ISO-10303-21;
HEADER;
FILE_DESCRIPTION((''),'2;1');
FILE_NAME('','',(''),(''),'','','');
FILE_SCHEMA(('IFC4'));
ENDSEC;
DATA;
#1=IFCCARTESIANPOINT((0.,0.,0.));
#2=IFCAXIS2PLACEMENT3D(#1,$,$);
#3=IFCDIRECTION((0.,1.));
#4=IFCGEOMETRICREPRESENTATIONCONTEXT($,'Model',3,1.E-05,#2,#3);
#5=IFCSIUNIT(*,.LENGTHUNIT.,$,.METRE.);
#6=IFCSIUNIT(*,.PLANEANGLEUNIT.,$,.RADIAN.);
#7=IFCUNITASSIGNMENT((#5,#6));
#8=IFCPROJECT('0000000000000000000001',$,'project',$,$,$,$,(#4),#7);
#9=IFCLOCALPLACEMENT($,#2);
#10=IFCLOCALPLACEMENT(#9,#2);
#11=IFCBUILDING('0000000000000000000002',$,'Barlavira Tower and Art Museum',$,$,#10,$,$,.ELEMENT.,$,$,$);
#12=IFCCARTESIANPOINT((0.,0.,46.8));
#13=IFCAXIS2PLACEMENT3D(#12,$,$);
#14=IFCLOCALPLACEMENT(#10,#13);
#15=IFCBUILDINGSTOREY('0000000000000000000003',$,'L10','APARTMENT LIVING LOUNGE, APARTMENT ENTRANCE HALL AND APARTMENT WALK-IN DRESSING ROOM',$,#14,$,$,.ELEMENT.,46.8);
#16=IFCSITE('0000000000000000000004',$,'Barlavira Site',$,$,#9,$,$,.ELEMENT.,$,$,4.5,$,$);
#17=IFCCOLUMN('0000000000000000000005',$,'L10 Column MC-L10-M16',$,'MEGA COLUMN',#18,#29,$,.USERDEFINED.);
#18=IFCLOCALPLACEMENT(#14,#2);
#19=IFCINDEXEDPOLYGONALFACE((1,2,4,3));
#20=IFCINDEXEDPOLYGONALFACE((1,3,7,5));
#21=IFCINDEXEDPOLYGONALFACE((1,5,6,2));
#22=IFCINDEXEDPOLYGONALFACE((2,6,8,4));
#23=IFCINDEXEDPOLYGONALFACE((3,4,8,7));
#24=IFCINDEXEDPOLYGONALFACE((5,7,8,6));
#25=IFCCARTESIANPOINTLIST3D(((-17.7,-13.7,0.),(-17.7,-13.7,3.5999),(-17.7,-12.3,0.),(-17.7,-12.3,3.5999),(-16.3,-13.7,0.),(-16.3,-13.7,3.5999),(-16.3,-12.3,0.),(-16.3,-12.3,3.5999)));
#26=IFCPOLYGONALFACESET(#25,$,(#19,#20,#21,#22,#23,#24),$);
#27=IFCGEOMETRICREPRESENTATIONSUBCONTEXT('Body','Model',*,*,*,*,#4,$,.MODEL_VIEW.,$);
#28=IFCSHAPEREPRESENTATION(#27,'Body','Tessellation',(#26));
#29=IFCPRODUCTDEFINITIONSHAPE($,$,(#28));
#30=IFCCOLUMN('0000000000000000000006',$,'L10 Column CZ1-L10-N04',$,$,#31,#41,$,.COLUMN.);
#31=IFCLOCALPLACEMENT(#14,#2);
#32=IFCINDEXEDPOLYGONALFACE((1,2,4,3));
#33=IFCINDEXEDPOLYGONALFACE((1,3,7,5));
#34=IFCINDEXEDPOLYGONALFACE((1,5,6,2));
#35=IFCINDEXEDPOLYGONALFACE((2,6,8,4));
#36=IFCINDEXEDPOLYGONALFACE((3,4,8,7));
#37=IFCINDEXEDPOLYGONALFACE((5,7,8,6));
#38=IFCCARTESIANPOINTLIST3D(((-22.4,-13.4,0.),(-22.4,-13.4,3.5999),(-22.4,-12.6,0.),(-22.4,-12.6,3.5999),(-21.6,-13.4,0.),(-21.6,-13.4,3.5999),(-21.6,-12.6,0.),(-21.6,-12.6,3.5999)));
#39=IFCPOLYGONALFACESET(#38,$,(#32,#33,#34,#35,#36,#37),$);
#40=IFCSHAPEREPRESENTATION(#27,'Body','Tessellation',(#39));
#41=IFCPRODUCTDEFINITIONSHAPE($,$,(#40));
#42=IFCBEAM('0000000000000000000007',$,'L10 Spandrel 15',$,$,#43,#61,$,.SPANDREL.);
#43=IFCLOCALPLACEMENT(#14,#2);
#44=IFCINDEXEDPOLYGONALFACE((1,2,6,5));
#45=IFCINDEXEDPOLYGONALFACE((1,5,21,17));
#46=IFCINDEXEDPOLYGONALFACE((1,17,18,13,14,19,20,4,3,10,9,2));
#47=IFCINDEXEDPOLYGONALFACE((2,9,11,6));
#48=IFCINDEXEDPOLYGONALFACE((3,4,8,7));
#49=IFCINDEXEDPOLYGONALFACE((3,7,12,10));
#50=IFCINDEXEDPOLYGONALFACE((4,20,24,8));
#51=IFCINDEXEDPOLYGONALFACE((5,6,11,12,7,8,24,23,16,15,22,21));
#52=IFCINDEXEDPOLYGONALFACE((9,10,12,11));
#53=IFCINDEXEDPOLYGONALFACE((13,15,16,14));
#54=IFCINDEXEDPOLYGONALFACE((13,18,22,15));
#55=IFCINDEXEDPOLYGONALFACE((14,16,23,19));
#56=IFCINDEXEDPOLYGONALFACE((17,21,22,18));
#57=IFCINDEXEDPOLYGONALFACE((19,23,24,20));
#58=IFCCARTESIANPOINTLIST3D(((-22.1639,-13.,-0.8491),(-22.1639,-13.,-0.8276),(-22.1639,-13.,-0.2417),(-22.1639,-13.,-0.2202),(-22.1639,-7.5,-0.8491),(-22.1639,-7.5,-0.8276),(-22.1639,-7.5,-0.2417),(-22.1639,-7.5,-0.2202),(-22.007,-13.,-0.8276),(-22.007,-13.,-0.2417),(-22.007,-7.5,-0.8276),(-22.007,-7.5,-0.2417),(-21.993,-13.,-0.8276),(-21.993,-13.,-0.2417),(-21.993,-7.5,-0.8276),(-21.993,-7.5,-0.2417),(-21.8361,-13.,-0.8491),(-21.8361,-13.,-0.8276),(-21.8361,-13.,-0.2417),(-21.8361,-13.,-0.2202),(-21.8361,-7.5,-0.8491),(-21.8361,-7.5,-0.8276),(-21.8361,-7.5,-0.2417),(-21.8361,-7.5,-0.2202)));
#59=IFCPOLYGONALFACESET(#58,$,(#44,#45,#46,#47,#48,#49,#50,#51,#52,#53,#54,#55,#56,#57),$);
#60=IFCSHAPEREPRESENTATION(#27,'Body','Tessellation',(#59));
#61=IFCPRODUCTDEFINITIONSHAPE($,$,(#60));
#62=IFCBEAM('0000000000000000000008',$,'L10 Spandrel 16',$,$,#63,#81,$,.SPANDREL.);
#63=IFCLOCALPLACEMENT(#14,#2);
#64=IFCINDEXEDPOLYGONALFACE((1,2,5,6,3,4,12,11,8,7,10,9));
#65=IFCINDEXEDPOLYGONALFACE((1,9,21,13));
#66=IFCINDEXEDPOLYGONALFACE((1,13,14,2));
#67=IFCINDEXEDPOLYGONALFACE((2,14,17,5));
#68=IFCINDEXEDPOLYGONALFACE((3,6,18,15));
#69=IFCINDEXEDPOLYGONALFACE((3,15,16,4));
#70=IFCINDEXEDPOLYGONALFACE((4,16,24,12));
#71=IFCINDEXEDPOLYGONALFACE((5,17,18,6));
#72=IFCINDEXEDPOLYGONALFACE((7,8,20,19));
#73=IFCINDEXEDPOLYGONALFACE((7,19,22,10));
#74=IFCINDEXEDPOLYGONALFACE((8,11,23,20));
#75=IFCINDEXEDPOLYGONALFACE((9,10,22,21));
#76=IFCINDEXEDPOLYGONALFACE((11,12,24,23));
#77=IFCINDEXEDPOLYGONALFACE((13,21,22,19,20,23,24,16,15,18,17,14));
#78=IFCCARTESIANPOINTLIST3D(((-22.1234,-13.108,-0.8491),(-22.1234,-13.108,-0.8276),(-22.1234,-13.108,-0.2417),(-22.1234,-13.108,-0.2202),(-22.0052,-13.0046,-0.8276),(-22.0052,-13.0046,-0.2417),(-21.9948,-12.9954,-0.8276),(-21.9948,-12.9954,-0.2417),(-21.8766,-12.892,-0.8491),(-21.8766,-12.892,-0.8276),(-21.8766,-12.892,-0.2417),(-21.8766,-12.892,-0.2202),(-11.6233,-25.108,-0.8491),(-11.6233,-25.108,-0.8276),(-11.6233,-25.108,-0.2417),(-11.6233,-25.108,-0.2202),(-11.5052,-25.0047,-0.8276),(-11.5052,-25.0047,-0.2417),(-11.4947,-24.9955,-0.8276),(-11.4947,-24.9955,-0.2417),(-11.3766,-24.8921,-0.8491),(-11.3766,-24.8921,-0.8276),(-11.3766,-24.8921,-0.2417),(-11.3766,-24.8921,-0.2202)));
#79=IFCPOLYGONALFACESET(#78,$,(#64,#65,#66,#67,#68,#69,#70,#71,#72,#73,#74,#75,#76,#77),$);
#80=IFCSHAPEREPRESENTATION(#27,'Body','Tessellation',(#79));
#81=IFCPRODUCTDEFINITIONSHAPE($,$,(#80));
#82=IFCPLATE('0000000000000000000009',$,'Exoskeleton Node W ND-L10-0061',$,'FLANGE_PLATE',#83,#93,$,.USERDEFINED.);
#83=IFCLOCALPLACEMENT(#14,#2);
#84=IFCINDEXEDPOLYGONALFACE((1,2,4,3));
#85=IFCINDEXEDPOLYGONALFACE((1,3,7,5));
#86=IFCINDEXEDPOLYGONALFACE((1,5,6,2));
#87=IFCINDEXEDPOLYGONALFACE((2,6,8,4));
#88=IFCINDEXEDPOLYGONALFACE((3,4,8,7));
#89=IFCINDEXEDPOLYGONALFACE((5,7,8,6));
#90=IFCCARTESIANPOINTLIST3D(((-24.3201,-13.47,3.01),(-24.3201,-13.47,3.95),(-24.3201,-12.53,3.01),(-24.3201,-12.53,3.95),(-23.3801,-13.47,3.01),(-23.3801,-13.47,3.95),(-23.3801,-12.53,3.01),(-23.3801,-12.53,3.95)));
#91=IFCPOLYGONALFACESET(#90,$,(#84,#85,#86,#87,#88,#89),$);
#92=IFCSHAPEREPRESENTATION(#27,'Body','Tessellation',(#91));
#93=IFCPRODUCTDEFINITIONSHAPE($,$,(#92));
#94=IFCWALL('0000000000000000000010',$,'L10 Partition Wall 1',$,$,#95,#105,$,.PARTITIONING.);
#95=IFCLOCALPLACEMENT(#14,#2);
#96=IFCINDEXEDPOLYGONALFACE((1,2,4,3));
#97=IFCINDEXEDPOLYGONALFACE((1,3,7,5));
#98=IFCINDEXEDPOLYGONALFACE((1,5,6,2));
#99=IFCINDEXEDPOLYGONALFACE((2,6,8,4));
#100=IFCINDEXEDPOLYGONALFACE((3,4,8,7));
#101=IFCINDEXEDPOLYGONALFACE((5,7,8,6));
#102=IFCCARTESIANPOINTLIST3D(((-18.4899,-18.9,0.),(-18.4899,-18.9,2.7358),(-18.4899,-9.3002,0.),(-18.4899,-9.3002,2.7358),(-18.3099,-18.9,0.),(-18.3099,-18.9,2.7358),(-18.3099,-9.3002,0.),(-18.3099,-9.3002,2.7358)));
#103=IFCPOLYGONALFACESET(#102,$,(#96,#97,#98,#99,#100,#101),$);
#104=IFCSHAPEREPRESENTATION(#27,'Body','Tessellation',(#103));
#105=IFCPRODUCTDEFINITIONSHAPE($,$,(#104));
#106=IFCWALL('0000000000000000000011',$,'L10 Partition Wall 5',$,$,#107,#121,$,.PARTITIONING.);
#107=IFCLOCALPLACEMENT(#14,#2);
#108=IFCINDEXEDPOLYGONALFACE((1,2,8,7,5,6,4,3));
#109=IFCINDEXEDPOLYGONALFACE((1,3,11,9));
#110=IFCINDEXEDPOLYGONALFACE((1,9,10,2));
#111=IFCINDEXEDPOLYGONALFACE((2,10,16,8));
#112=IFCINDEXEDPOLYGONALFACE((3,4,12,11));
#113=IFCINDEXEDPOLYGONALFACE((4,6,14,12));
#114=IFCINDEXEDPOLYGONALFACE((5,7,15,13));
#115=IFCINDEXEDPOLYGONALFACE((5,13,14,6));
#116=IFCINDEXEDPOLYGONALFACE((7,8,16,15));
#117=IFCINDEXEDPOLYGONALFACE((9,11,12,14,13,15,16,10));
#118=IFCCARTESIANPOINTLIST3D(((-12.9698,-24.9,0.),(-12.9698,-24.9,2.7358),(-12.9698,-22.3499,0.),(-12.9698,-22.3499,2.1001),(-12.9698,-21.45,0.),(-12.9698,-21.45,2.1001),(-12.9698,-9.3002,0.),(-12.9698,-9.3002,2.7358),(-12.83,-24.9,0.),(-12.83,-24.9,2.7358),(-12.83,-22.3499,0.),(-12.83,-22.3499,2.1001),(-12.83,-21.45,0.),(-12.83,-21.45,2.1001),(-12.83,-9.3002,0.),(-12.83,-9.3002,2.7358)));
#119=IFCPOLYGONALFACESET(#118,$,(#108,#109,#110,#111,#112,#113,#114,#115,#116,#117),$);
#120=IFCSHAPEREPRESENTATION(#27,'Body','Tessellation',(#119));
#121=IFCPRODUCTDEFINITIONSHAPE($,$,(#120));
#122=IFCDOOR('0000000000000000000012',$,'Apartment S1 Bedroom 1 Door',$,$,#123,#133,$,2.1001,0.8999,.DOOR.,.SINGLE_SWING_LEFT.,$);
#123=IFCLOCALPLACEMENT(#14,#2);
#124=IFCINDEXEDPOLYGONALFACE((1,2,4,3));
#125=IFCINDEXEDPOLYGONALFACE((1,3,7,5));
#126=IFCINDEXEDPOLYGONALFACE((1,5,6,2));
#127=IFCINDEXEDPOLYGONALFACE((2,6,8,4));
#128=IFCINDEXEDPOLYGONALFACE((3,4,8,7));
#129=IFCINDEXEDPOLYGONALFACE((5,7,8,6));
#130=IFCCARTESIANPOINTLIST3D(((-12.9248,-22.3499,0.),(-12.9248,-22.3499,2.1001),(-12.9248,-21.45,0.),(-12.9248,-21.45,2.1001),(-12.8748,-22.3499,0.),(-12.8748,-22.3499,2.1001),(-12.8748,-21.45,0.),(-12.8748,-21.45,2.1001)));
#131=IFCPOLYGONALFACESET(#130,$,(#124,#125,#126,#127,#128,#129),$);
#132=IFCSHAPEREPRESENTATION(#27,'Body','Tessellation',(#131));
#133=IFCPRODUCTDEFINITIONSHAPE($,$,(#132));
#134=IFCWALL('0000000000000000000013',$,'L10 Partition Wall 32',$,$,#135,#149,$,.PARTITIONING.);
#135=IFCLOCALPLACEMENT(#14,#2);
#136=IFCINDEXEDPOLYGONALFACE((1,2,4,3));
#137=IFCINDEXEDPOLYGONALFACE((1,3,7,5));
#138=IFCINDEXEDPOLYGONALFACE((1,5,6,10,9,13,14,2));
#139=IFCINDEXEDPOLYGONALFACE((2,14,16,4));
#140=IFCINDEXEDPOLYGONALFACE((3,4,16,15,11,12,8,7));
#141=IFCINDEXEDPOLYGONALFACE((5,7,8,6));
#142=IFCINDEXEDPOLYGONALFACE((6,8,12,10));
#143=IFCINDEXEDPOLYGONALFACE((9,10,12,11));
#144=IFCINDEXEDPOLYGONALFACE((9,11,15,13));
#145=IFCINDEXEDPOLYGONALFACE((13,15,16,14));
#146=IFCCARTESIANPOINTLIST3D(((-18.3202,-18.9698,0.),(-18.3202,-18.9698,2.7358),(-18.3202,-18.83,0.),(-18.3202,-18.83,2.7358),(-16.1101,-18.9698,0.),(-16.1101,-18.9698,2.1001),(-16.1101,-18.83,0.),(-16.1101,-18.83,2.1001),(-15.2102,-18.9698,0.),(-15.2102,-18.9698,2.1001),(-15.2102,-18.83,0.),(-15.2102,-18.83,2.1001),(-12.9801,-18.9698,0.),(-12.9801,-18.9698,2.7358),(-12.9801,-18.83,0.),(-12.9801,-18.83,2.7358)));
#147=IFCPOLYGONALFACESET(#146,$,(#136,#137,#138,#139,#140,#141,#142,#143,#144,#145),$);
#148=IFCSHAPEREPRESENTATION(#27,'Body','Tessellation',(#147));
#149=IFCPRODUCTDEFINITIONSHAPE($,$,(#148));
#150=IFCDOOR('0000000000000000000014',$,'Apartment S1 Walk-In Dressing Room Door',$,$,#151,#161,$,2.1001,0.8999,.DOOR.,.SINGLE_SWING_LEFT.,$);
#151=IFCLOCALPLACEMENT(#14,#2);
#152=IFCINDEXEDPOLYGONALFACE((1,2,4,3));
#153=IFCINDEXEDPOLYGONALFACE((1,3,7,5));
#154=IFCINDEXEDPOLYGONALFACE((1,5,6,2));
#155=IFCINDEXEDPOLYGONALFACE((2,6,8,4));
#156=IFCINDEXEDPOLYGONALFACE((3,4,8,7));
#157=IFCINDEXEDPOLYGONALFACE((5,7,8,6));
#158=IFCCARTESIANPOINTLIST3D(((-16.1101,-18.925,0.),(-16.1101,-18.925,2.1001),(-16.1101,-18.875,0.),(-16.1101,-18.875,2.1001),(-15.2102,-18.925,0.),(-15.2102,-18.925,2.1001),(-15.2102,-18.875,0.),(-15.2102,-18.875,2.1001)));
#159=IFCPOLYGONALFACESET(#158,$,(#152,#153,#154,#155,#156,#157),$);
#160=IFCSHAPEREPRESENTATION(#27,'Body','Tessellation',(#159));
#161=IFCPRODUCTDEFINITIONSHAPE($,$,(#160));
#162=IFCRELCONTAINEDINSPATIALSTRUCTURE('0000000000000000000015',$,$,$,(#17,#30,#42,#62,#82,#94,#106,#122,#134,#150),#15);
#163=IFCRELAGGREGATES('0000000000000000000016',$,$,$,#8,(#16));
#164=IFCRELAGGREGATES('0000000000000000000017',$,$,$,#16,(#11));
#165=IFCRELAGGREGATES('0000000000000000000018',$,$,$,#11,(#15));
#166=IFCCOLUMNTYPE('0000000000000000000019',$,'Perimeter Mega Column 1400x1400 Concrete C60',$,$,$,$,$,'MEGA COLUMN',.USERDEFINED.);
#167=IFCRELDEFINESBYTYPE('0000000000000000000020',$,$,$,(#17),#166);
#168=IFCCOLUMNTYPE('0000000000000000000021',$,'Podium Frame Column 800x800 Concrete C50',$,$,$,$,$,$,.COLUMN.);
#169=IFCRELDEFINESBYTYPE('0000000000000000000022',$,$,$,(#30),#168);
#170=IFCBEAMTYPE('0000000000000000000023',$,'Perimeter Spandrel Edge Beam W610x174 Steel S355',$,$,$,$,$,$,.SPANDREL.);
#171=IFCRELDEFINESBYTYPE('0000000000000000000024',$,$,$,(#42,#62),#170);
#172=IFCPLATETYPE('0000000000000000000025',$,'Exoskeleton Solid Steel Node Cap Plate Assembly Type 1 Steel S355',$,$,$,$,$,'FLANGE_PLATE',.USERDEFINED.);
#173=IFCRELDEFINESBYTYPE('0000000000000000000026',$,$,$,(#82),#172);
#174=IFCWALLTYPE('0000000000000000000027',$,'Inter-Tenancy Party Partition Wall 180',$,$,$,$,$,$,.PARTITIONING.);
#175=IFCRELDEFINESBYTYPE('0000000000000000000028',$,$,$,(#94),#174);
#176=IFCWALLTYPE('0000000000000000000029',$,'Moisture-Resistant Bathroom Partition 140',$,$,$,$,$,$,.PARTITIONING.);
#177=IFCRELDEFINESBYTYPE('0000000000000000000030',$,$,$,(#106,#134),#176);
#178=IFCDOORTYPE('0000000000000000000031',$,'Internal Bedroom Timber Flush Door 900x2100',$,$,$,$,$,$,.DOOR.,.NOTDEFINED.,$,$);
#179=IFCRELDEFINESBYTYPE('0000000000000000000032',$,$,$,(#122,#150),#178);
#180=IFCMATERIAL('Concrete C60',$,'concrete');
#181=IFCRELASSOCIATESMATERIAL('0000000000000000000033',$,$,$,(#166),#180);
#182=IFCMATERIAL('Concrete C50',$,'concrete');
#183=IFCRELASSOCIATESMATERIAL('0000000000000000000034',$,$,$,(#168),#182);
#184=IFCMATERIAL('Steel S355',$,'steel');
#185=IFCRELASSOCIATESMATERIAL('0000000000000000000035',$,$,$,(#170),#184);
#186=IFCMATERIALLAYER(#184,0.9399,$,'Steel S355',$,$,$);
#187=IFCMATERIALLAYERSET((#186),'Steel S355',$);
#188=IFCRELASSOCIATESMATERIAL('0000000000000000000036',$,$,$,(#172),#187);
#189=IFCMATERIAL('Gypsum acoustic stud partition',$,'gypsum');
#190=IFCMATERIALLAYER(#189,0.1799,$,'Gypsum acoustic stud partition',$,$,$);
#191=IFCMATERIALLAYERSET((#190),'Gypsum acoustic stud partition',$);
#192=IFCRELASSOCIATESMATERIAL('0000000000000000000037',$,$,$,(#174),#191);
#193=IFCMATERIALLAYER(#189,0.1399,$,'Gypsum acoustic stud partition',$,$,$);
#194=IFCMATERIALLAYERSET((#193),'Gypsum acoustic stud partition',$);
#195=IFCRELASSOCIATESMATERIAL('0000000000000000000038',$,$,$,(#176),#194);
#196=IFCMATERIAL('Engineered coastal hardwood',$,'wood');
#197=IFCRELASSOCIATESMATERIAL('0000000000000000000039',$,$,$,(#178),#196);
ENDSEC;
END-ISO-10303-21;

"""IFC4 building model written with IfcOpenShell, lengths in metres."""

from ifc_helpers import new_model, si_unit, direction, frame, frame_2d, origin, origin_2d, place, context, subcontext, project, spatial, rectangle, i_section, extrude, material, layer, layer_set, material_profile, profile_set, type_object, element, fill, save


model = new_model("IFC4")

# Units and contexts
model_context = context("Model", 3, precision=1e-05, world=origin(), true_north=direction((0.0, 1.0)))
body_context = subcontext(model_context, "Body", "Model", "MODEL_VIEW")
ifc_project = project(units=[si_unit("LENGTHUNIT", "METRE"), si_unit("PLANEANGLEUNIT", "RADIAN")], contexts=[model_context])

# Site, building, storey
site_placement = place(None, origin())
site = spatial("IfcSite", under=ifc_project, at=site_placement, Name="Barlavira Site", CompositionType="ELEMENT", RefElevation=4.5)
building_placement = place(site_placement, origin())
building = spatial("IfcBuilding", under=site, at=building_placement, Name="Barlavira Tower and Art Museum", CompositionType="ELEMENT")
storey_placement = place(building_placement, frame((0.0, 0.0, 46.8)))
storey = spatial("IfcBuildingStorey", under=building, at=storey_placement, Name="L10", Description="APARTMENT LIVING LOUNGE, APARTMENT ENTRANCE HALL AND APARTMENT WALK-IN DRESSING ROOM", CompositionType="ELEMENT", Elevation=46.8)

# Columns
ifc_material_1 = material(Name="Concrete C60", Category="concrete")
ifc_material_profile_1 = material_profile(ifc_material_1, rectangle(XDim=1.3999, YDim=1.3999, at=origin_2d()), Name="RC-MCOL 1400x1400")
ifc_profile_set_1 = profile_set([ifc_material_profile_1], Name="Concrete C60")
column_type_1 = type_object("IfcColumnType", Name="Perimeter Mega Column 1400x1400 Concrete C60", ElementType="MEGA COLUMN", PredefinedType="USERDEFINED", material=ifc_profile_set_1)
column_1_placement = place(storey_placement, frame((-17.0, -13.0, 0.0), z_axis=(0.0, 0.0, 1.0), x_axis=(1.0, 0.0, 0.0)))
element("IfcColumn", 1, at=column_1_placement, inside=storey, type_object=column_type_1, Name="L10 Column MC-L10-M16", ObjectType="MEGA COLUMN", PredefinedType="USERDEFINED", context=body_context, shape_type="SweptSolid", body=[
    extrude(rectangle(XDim=1.3999, YDim=1.3999, at=origin_2d()), origin(), (0.0, 0.0, 1.0), 3.5999),
])
ifc_material_2 = material(Name="Concrete C50", Category="concrete")
ifc_material_profile_2 = material_profile(ifc_material_2, rectangle(XDim=0.8, YDim=0.8, at=origin_2d()), Name="RC-COL 800x800")
ifc_profile_set_2 = profile_set([ifc_material_profile_2], Name="Concrete C50")
column_type_2 = type_object("IfcColumnType", Name="Podium Frame Column 800x800 Concrete C50", PredefinedType="COLUMN", material=ifc_profile_set_2)
column_2_placement = place(storey_placement, frame((-22.0, -13.0, 0.0), z_axis=(0.0, 0.0, 1.0), x_axis=(1.0, 0.0, 0.0)))
element("IfcColumn", 2, at=column_2_placement, inside=storey, type_object=column_type_2, Name="L10 Column CZ1-L10-N04", PredefinedType="COLUMN", context=body_context, shape_type="SweptSolid", body=[
    extrude(rectangle(XDim=0.8, YDim=0.8, at=origin_2d()), origin(), (0.0, 0.0, 1.0), 3.5999),
])

# Beams
ifc_material_3 = material(Name="Steel S355", Category="steel")
ifc_material_profile_3 = material_profile(ifc_material_3, i_section(OverallWidth=0.3279, OverallDepth=0.6289, WebThickness=0.0139, FlangeThickness=0.0215, at=origin_2d()), Name="W610x174.0")
ifc_profile_set_3 = profile_set([ifc_material_profile_3], Name="Steel S355")
beam_type = type_object("IfcBeamType", Name="Perimeter Spandrel Edge Beam W610x174 Steel S355", PredefinedType="SPANDREL", material=ifc_profile_set_3)
beam_1_placement = place(storey_placement, frame((-22.0, -13.0, -0.5347), z_axis=(0.0, 1.0, 0.0), x_axis=(-1.0, 0.0, 0.0)))
element("IfcBeam", 3, at=beam_1_placement, inside=storey, type_object=beam_type, Name="L10 Spandrel 15", PredefinedType="SPANDREL", context=body_context, shape_type="SweptSolid", body=[
    extrude(i_section(OverallWidth=0.3279, OverallDepth=0.6289, WebThickness=0.0139, FlangeThickness=0.0215, at=origin_2d()), origin(), (0.0, 0.0, 1.0), 5.5),
])
beam_2_placement = place(storey_placement, frame((-22.0, -13.0, -0.5347), z_axis=(0.658505, -0.752577, 0.0), x_axis=(0.752577, 0.658505, 0.0)))
element("IfcBeam", 4, at=beam_2_placement, inside=storey, type_object=beam_type, Name="L10 Spandrel 16", PredefinedType="SPANDREL", context=body_context, shape_type="SweptSolid", body=[
    extrude(i_section(OverallWidth=0.3279, OverallDepth=0.6289, WebThickness=0.0139, FlangeThickness=0.0215, at=origin_2d()), origin(), (0.0, 0.0, 1.0), 15.9453),
])

# Plate
ifc_layer_1 = layer(ifc_material_3, 0.9399, Name="Steel S355")
ifc_layer_set_1 = layer_set([ifc_layer_1], Name="Steel S355")
plate_type = type_object("IfcPlateType", Name="Exoskeleton Solid Steel Node Cap Plate Assembly Type 1 Steel S355", ElementType="FLANGE_PLATE", PredefinedType="USERDEFINED", material=ifc_layer_set_1)
plate_placement = place(storey_placement, frame((-23.8501, -13.0, 3.01), z_axis=(0.0, 0.0, 1.0), x_axis=(1.0, 0.0, 0.0)))
element("IfcPlate", 5, at=plate_placement, inside=storey, type_object=plate_type, Name="Exoskeleton Node W ND-L10-0061", ObjectType="FLANGE_PLATE", PredefinedType="USERDEFINED", context=body_context, shape_type="SweptSolid", body=[
    extrude(rectangle(XDim=0.9399, YDim=0.9399, at=origin_2d()), origin(), (0.0, 0.0, 1.0), 0.9399),
])

# Wall
ifc_material_4 = material(Name="Gypsum acoustic stud partition", Category="gypsum")
ifc_layer_2 = layer(ifc_material_4, 0.1799, Name="Gypsum acoustic stud partition")
ifc_layer_set_2 = layer_set([ifc_layer_2], Name="Gypsum acoustic stud partition")
wall_type_1 = type_object("IfcWallType", Name="Inter-Tenancy Party Partition Wall 180", PredefinedType="PARTITIONING", material=ifc_layer_set_2)
wall_1_placement = place(storey_placement, frame((-18.3999, -18.8999, 0.0), z_axis=(0.0, 0.0, 1.0), x_axis=(0.0, 1.0, 0.0)))
element("IfcWall", 6, at=wall_1_placement, inside=storey, type_object=wall_type_1, Name="L10 Partition Wall 1", PredefinedType="PARTITIONING", context=body_context, shape_type="SweptSolid", body=[
    extrude(rectangle(XDim=9.5999, YDim=0.1799, at=frame_2d((4.7998, 0.0))), origin(), (0.0, 0.0, 1.0), 2.7358),
])

# Walls, openings, doors
ifc_layer_3 = layer(ifc_material_4, 0.1399, Name="Gypsum acoustic stud partition")
ifc_layer_set_3 = layer_set([ifc_layer_3], Name="Gypsum acoustic stud partition")
wall_type_2 = type_object("IfcWallType", Name="Moisture-Resistant Bathroom Partition 140", PredefinedType="PARTITIONING", material=ifc_layer_set_3)
wall_2_placement = place(storey_placement, frame((-12.8999, -24.8999, 0.0), z_axis=(0.0, 0.0, 1.0), x_axis=(0.0, 1.0, 0.0)))
wall_2 = element("IfcWall", 7, at=wall_2_placement, inside=storey, type_object=wall_type_2, Name="L10 Partition Wall 5", PredefinedType="PARTITIONING", context=body_context, shape_type="SweptSolid", body=[
    extrude(rectangle(XDim=15.5999, YDim=0.1399, at=frame_2d((7.7998, 0.0))), origin(), (0.0, 0.0, 1.0), 2.7358),
])
opening_1_placement = place(wall_2_placement, frame((2.55, 0.0, 0.0)))
opening_1 = element("IfcOpeningElement", 8, at=opening_1_placement, cuts=wall_2, PredefinedType="OPENING", context=body_context, shape_type="SweptSolid", body=[
    extrude(rectangle(XDim=0.8999, YDim=2.1001, at=frame_2d((0.45, 1.05))), frame((0.0, 0.0801, 0.0), z_axis=(0.0, -1.0, 0.0), x_axis=(1.0, 0.0, 0.0)), (0.0, 0.0, 1.0), 0.1599),
])
ifc_material_5 = material(Name="Engineered coastal hardwood", Category="wood")
door_type = type_object("IfcDoorType", Name="Internal Bedroom Timber Flush Door 900x2100", OperationType="NOTDEFINED", PredefinedType="DOOR", material=ifc_material_5)
door_1_placement = place(opening_1_placement, origin())
door_1 = element("IfcDoor", 9, at=door_1_placement, inside=storey, type_object=door_type, Name="Apartment S1 Bedroom 1 Door", OperationType="SINGLE_SWING_LEFT", OverallHeight=2.1001, OverallWidth=0.8999, PredefinedType="DOOR", context=body_context, shape_type="SweptSolid", body=[
    extrude(rectangle(XDim=0.8999, YDim=2.1001, at=frame_2d((0.45, 1.05))), frame((0.0, 0.0249, 0.0), z_axis=(0.0, -1.0, 0.0), x_axis=(1.0, 0.0, 0.0)), (0.0, 0.0, 1.0), 0.05),
])
fill(opening_1, door_1)
wall_3_placement = place(storey_placement, frame((-18.3201, -18.8999, 0.0), z_axis=(0.0, 0.0, 1.0), x_axis=(1.0, 0.0, 0.0)))
wall_3 = element("IfcWall", 10, at=wall_3_placement, inside=storey, type_object=wall_type_2, Name="L10 Partition Wall 32", PredefinedType="PARTITIONING", context=body_context, shape_type="SweptSolid", body=[
    extrude(rectangle(XDim=5.3401, YDim=0.1399, at=frame_2d((2.6699, 0.0))), origin(), (0.0, 0.0, 1.0), 2.7358),
])
opening_2_placement = place(wall_3_placement, frame((2.21, 0.0, 0.0)))
opening_2 = element("IfcOpeningElement", 11, at=opening_2_placement, cuts=wall_3, PredefinedType="OPENING", context=body_context, shape_type="SweptSolid", body=[
    extrude(rectangle(XDim=0.8999, YDim=2.1001, at=frame_2d((0.45, 1.05))), frame((0.0, 0.0801, 0.0), z_axis=(0.0, -1.0, 0.0), x_axis=(1.0, 0.0, 0.0)), (0.0, 0.0, 1.0), 0.1599),
])
door_2_placement = place(opening_2_placement, origin())
door_2 = element("IfcDoor", 12, at=door_2_placement, inside=storey, type_object=door_type, Name="Apartment S1 Walk-In Dressing Room Door", OperationType="SINGLE_SWING_LEFT", OverallHeight=2.1001, OverallWidth=0.8999, PredefinedType="DOOR", context=body_context, shape_type="SweptSolid", body=[
    extrude(rectangle(XDim=0.8999, YDim=2.1001, at=frame_2d((0.45, 1.05))), frame((0.0, 0.0249, 0.0), z_axis=(0.0, -1.0, 0.0), x_axis=(1.0, 0.0, 0.0)), (0.0, 0.0, 1.0), 0.05),
])
fill(opening_2, door_2)

save(model, "model.ifc")
